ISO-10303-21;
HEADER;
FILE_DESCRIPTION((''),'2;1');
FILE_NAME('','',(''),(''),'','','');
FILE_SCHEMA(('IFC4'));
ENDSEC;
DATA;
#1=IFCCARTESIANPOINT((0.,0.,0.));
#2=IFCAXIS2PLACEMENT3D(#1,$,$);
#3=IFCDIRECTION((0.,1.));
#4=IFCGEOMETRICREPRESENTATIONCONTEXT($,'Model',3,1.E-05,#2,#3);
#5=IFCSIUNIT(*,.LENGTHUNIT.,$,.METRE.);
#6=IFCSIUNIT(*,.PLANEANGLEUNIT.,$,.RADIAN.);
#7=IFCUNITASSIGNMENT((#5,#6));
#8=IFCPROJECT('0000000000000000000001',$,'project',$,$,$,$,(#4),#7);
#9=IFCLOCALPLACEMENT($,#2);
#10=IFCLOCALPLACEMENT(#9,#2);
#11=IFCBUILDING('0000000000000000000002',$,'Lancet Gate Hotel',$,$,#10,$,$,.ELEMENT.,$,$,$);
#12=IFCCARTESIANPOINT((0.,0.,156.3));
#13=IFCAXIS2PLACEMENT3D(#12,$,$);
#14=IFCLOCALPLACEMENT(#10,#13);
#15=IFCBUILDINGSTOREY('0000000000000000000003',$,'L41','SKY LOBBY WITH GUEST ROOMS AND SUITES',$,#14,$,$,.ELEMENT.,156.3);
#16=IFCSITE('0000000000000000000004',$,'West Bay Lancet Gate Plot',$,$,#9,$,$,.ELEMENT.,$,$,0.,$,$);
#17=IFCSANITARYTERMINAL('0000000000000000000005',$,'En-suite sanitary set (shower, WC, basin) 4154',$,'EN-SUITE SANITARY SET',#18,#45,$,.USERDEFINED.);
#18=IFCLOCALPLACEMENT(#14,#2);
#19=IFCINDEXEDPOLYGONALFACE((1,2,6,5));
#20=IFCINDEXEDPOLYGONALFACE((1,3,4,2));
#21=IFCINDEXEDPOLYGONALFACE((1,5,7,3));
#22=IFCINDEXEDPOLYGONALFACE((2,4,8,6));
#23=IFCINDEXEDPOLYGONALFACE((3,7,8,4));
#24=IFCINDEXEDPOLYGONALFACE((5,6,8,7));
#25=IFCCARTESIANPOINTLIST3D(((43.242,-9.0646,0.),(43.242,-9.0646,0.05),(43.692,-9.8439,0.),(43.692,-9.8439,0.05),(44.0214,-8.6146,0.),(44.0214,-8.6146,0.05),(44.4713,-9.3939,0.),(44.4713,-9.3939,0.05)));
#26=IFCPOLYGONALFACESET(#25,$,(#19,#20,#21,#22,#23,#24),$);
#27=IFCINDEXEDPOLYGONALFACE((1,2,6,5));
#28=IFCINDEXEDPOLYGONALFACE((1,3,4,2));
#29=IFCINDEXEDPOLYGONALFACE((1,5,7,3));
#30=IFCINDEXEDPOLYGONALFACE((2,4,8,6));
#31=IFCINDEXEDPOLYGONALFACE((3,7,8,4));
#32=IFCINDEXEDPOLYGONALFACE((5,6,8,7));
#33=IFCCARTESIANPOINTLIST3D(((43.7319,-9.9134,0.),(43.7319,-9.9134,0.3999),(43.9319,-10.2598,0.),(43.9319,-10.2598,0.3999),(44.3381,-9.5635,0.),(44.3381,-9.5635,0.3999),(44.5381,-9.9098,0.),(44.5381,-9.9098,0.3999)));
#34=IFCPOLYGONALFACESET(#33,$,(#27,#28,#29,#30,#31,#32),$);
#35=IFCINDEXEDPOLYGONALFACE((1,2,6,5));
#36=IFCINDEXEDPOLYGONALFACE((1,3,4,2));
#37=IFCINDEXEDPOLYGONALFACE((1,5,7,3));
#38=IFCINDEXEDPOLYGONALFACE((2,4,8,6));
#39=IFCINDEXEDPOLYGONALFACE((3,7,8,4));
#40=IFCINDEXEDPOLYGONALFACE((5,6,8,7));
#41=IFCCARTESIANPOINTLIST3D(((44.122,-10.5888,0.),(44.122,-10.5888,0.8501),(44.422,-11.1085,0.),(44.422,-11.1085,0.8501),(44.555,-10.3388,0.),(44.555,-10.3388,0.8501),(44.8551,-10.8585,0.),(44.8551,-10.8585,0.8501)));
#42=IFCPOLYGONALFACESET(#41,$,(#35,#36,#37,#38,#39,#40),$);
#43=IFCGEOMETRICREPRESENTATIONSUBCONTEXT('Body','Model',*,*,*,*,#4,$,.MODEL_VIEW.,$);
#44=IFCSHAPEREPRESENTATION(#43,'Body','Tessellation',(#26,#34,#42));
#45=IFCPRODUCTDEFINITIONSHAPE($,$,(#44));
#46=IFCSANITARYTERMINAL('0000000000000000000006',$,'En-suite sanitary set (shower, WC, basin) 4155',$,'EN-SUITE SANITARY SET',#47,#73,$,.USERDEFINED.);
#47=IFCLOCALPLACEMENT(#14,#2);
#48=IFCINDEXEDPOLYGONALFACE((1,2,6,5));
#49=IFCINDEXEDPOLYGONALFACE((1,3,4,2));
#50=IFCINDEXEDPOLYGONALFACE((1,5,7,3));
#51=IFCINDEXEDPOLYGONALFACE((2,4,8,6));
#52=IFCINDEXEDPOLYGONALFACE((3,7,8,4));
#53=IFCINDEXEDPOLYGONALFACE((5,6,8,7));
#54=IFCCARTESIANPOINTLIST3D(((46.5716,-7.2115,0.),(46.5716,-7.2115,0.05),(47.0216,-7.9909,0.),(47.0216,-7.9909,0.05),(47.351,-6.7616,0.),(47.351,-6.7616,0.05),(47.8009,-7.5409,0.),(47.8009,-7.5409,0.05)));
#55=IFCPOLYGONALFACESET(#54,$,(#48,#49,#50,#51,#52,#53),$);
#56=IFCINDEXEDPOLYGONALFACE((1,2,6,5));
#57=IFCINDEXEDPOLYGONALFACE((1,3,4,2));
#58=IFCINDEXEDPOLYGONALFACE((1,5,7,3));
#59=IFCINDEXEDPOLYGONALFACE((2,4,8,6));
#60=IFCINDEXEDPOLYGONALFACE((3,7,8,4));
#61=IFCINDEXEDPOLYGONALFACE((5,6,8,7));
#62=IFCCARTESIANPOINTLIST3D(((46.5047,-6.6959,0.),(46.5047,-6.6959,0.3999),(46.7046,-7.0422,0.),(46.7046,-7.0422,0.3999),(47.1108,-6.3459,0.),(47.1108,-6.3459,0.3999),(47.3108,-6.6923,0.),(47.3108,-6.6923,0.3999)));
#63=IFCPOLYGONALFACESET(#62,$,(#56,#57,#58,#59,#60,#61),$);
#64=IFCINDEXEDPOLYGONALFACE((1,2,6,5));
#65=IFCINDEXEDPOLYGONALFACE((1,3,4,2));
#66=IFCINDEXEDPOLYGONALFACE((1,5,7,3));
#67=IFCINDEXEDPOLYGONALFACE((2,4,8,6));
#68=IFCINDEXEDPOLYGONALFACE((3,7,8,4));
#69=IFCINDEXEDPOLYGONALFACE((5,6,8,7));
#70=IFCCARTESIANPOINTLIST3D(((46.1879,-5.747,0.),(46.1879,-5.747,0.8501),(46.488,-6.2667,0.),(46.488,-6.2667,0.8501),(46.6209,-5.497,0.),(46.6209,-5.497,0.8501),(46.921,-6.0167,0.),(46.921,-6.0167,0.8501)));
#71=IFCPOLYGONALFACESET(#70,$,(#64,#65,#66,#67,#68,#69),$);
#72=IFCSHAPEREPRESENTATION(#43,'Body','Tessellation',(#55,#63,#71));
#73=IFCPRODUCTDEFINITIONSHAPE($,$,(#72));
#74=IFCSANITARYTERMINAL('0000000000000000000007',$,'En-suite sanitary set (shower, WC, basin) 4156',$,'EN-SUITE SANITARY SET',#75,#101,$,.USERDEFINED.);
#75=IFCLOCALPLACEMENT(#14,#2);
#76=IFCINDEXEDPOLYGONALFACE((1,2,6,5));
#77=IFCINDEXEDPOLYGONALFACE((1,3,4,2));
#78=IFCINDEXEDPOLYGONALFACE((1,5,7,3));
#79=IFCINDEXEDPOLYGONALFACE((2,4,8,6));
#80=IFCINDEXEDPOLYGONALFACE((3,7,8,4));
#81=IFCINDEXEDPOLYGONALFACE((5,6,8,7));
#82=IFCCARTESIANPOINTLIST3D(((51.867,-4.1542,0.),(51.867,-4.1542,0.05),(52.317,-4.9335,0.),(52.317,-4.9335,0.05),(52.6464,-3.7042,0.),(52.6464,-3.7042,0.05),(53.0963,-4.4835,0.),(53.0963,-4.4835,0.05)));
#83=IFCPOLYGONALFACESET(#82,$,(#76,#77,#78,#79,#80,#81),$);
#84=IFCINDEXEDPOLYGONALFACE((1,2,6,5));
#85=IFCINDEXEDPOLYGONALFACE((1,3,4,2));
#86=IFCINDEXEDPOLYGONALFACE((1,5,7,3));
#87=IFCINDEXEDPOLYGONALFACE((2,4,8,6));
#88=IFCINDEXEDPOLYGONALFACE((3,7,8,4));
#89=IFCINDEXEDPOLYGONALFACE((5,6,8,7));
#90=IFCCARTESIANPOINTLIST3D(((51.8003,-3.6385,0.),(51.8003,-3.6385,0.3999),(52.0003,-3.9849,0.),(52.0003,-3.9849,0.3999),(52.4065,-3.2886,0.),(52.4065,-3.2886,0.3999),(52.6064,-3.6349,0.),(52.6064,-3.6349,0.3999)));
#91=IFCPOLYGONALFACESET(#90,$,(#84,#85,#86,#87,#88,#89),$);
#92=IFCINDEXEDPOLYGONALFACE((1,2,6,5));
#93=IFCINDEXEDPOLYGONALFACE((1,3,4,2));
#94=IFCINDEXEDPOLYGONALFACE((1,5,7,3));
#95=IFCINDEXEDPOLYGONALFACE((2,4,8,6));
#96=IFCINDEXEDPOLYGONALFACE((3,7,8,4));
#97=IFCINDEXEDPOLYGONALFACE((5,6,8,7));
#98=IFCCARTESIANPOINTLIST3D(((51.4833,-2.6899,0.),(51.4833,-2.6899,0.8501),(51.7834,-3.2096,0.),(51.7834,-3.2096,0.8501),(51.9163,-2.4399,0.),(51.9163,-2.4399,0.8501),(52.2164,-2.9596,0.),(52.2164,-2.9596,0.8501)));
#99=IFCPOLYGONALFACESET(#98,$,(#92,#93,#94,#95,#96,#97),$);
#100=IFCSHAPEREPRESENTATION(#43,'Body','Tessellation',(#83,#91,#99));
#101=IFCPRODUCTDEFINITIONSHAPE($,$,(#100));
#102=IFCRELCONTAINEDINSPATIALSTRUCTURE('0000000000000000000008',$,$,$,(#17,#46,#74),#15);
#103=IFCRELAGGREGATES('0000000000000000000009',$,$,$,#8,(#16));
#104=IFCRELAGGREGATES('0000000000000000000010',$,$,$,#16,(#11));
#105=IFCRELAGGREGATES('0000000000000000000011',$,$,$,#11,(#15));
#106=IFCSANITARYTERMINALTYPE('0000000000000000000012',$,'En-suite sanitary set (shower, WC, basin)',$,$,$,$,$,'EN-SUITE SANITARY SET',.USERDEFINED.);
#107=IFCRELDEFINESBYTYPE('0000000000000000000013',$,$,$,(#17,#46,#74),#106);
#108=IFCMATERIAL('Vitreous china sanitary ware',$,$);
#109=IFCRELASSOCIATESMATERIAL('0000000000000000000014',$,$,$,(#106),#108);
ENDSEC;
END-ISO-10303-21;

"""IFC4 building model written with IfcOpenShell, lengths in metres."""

from ifc_helpers import new_model, si_unit, direction, frame, origin, origin_2d, place, context, subcontext, project, spatial, rectangle, extrude, material, type_object, element, save


model = new_model("IFC4")

# Units and contexts
model_context = context("Model", 3, precision=1e-05, world=origin(), true_north=direction((0.0, 1.0)))
body_context = subcontext(model_context, "Body", "Model", "MODEL_VIEW")
ifc_project = project(units=[si_unit("LENGTHUNIT", "METRE"), si_unit("PLANEANGLEUNIT", "RADIAN")], contexts=[model_context])

# Site, building, storey
site_placement = place(None, origin())
site = spatial("IfcSite", under=ifc_project, at=site_placement, Name="West Bay Lancet Gate Plot", CompositionType="ELEMENT", RefElevation=0.0)
building_placement = place(site_placement, origin())
building = spatial("IfcBuilding", under=site, at=building_placement, Name="Lancet Gate Hotel", CompositionType="ELEMENT")
storey_placement = place(building_placement, frame((0.0, 0.0, 156.3)))
storey = spatial("IfcBuildingStorey", under=building, at=storey_placement, Name="L41", Description="SKY LOBBY WITH GUEST ROOMS AND SUITES", CompositionType="ELEMENT", Elevation=156.3)

# Sanitary terminals
ifc_material_1 = material(Name="Vitreous china sanitary ware")
sanitary_terminal_type = type_object("IfcSanitaryTerminalType", Name="En-suite sanitary set (shower, WC, basin)", ElementType="EN-SUITE SANITARY SET", PredefinedType="USERDEFINED", material=ifc_material_1)
sanitary_terminal_1_placement = place(storey_placement, frame((43.8567, -9.2292, 0.0), z_axis=(0.0, 0.0, 1.0), x_axis=(1.0, 0.0, 0.0)))
element("IfcSanitaryTerminal", 1, at=sanitary_terminal_1_placement, inside=storey, type_object=sanitary_terminal_type, Name="En-suite sanitary set (shower, WC, basin) 4154", ObjectType="EN-SUITE SANITARY SET", PredefinedType="USERDEFINED", context=body_context, shape_type="SweptSolid", body=[
    extrude(rectangle(XDim=0.8999, YDim=0.8999, at=origin_2d()), frame((0.0, 0.0, 0.0), z_axis=(0.0, 0.0, 1.0), x_axis=(-0.5, 0.866025, 0.0)), (0.0, 0.0, 1.0), 0.05),
    extrude(rectangle(XDim=0.3999, YDim=0.7, at=origin_2d()), frame((0.2783, -0.6824, 0.0), z_axis=(0.0, 0.0, 1.0), x_axis=(-0.5, 0.866025, 0.0)), (0.0, 0.0, 1.0), 0.3999),
    extrude(rectangle(XDim=0.6001, YDim=0.5, at=origin_2d()), frame((0.6318, -1.4944, 0.0), z_axis=(0.0, 0.0, 1.0), x_axis=(-0.5, 0.866025, 0.0)), (0.0, 0.0, 1.0), 0.8501),
])
sanitary_terminal_2_placement = place(storey_placement, frame((47.1863, -7.3762, 0.0), z_axis=(0.0, 0.0, 1.0), x_axis=(1.0, 0.0, 0.0)))
element("IfcSanitaryTerminal", 2, at=sanitary_terminal_2_placement, inside=storey, type_object=sanitary_terminal_type, Name="En-suite sanitary set (shower, WC, basin) 4155", ObjectType="EN-SUITE SANITARY SET", PredefinedType="USERDEFINED", context=body_context, shape_type="SweptSolid", body=[
    extrude(rectangle(XDim=0.8999, YDim=0.8999, at=origin_2d()), frame((0.0, 0.0, 0.0), z_axis=(0.0, 0.0, 1.0), x_axis=(0.5, -0.866025, 0.0)), (0.0, 0.0, 1.0), 0.05),
    extrude(rectangle(XDim=0.3999, YDim=0.7, at=origin_2d()), frame((-0.2786, 0.6821, 0.0), z_axis=(0.0, 0.0, 1.0), x_axis=(0.5, -0.866025, 0.0)), (0.0, 0.0, 1.0), 0.3999),
    extrude(rectangle(XDim=0.6001, YDim=0.5, at=origin_2d()), frame((-0.6318, 1.4944, 0.0), z_axis=(0.0, 0.0, 1.0), x_axis=(0.5, -0.866025, 0.0)), (0.0, 0.0, 1.0), 0.8501),
])
sanitary_terminal_3_placement = place(storey_placement, frame((52.4817, -4.3188, 0.0), z_axis=(0.0, 0.0, 1.0), x_axis=(1.0, 0.0, 0.0)))
element("IfcSanitaryTerminal", 3, at=sanitary_terminal_3_placement, inside=storey, type_object=sanitary_terminal_type, Name="En-suite sanitary set (shower, WC, basin) 4156", ObjectType="EN-SUITE SANITARY SET", PredefinedType="USERDEFINED", context=body_context, shape_type="SweptSolid", body=[
    extrude(rectangle(XDim=0.8999, YDim=0.8999, at=origin_2d()), frame((0.0, 0.0, 0.0), z_axis=(0.0, 0.0, 1.0), x_axis=(0.5, -0.866025, 0.0)), (0.0, 0.0, 1.0), 0.05),
    extrude(rectangle(XDim=0.3999, YDim=0.7, at=origin_2d()), frame((-0.2783, 0.6821, 0.0), z_axis=(0.0, 0.0, 1.0), x_axis=(0.5, -0.866025, 0.0)), (0.0, 0.0, 1.0), 0.3999),
    extrude(rectangle(XDim=0.6001, YDim=0.5, at=origin_2d()), frame((-0.6318, 1.4941, 0.0), z_axis=(0.0, 0.0, 1.0), x_axis=(0.5, -0.866025, 0.0)), (0.0, 0.0, 1.0), 0.8501),
])

save(model, "model.ifc")
